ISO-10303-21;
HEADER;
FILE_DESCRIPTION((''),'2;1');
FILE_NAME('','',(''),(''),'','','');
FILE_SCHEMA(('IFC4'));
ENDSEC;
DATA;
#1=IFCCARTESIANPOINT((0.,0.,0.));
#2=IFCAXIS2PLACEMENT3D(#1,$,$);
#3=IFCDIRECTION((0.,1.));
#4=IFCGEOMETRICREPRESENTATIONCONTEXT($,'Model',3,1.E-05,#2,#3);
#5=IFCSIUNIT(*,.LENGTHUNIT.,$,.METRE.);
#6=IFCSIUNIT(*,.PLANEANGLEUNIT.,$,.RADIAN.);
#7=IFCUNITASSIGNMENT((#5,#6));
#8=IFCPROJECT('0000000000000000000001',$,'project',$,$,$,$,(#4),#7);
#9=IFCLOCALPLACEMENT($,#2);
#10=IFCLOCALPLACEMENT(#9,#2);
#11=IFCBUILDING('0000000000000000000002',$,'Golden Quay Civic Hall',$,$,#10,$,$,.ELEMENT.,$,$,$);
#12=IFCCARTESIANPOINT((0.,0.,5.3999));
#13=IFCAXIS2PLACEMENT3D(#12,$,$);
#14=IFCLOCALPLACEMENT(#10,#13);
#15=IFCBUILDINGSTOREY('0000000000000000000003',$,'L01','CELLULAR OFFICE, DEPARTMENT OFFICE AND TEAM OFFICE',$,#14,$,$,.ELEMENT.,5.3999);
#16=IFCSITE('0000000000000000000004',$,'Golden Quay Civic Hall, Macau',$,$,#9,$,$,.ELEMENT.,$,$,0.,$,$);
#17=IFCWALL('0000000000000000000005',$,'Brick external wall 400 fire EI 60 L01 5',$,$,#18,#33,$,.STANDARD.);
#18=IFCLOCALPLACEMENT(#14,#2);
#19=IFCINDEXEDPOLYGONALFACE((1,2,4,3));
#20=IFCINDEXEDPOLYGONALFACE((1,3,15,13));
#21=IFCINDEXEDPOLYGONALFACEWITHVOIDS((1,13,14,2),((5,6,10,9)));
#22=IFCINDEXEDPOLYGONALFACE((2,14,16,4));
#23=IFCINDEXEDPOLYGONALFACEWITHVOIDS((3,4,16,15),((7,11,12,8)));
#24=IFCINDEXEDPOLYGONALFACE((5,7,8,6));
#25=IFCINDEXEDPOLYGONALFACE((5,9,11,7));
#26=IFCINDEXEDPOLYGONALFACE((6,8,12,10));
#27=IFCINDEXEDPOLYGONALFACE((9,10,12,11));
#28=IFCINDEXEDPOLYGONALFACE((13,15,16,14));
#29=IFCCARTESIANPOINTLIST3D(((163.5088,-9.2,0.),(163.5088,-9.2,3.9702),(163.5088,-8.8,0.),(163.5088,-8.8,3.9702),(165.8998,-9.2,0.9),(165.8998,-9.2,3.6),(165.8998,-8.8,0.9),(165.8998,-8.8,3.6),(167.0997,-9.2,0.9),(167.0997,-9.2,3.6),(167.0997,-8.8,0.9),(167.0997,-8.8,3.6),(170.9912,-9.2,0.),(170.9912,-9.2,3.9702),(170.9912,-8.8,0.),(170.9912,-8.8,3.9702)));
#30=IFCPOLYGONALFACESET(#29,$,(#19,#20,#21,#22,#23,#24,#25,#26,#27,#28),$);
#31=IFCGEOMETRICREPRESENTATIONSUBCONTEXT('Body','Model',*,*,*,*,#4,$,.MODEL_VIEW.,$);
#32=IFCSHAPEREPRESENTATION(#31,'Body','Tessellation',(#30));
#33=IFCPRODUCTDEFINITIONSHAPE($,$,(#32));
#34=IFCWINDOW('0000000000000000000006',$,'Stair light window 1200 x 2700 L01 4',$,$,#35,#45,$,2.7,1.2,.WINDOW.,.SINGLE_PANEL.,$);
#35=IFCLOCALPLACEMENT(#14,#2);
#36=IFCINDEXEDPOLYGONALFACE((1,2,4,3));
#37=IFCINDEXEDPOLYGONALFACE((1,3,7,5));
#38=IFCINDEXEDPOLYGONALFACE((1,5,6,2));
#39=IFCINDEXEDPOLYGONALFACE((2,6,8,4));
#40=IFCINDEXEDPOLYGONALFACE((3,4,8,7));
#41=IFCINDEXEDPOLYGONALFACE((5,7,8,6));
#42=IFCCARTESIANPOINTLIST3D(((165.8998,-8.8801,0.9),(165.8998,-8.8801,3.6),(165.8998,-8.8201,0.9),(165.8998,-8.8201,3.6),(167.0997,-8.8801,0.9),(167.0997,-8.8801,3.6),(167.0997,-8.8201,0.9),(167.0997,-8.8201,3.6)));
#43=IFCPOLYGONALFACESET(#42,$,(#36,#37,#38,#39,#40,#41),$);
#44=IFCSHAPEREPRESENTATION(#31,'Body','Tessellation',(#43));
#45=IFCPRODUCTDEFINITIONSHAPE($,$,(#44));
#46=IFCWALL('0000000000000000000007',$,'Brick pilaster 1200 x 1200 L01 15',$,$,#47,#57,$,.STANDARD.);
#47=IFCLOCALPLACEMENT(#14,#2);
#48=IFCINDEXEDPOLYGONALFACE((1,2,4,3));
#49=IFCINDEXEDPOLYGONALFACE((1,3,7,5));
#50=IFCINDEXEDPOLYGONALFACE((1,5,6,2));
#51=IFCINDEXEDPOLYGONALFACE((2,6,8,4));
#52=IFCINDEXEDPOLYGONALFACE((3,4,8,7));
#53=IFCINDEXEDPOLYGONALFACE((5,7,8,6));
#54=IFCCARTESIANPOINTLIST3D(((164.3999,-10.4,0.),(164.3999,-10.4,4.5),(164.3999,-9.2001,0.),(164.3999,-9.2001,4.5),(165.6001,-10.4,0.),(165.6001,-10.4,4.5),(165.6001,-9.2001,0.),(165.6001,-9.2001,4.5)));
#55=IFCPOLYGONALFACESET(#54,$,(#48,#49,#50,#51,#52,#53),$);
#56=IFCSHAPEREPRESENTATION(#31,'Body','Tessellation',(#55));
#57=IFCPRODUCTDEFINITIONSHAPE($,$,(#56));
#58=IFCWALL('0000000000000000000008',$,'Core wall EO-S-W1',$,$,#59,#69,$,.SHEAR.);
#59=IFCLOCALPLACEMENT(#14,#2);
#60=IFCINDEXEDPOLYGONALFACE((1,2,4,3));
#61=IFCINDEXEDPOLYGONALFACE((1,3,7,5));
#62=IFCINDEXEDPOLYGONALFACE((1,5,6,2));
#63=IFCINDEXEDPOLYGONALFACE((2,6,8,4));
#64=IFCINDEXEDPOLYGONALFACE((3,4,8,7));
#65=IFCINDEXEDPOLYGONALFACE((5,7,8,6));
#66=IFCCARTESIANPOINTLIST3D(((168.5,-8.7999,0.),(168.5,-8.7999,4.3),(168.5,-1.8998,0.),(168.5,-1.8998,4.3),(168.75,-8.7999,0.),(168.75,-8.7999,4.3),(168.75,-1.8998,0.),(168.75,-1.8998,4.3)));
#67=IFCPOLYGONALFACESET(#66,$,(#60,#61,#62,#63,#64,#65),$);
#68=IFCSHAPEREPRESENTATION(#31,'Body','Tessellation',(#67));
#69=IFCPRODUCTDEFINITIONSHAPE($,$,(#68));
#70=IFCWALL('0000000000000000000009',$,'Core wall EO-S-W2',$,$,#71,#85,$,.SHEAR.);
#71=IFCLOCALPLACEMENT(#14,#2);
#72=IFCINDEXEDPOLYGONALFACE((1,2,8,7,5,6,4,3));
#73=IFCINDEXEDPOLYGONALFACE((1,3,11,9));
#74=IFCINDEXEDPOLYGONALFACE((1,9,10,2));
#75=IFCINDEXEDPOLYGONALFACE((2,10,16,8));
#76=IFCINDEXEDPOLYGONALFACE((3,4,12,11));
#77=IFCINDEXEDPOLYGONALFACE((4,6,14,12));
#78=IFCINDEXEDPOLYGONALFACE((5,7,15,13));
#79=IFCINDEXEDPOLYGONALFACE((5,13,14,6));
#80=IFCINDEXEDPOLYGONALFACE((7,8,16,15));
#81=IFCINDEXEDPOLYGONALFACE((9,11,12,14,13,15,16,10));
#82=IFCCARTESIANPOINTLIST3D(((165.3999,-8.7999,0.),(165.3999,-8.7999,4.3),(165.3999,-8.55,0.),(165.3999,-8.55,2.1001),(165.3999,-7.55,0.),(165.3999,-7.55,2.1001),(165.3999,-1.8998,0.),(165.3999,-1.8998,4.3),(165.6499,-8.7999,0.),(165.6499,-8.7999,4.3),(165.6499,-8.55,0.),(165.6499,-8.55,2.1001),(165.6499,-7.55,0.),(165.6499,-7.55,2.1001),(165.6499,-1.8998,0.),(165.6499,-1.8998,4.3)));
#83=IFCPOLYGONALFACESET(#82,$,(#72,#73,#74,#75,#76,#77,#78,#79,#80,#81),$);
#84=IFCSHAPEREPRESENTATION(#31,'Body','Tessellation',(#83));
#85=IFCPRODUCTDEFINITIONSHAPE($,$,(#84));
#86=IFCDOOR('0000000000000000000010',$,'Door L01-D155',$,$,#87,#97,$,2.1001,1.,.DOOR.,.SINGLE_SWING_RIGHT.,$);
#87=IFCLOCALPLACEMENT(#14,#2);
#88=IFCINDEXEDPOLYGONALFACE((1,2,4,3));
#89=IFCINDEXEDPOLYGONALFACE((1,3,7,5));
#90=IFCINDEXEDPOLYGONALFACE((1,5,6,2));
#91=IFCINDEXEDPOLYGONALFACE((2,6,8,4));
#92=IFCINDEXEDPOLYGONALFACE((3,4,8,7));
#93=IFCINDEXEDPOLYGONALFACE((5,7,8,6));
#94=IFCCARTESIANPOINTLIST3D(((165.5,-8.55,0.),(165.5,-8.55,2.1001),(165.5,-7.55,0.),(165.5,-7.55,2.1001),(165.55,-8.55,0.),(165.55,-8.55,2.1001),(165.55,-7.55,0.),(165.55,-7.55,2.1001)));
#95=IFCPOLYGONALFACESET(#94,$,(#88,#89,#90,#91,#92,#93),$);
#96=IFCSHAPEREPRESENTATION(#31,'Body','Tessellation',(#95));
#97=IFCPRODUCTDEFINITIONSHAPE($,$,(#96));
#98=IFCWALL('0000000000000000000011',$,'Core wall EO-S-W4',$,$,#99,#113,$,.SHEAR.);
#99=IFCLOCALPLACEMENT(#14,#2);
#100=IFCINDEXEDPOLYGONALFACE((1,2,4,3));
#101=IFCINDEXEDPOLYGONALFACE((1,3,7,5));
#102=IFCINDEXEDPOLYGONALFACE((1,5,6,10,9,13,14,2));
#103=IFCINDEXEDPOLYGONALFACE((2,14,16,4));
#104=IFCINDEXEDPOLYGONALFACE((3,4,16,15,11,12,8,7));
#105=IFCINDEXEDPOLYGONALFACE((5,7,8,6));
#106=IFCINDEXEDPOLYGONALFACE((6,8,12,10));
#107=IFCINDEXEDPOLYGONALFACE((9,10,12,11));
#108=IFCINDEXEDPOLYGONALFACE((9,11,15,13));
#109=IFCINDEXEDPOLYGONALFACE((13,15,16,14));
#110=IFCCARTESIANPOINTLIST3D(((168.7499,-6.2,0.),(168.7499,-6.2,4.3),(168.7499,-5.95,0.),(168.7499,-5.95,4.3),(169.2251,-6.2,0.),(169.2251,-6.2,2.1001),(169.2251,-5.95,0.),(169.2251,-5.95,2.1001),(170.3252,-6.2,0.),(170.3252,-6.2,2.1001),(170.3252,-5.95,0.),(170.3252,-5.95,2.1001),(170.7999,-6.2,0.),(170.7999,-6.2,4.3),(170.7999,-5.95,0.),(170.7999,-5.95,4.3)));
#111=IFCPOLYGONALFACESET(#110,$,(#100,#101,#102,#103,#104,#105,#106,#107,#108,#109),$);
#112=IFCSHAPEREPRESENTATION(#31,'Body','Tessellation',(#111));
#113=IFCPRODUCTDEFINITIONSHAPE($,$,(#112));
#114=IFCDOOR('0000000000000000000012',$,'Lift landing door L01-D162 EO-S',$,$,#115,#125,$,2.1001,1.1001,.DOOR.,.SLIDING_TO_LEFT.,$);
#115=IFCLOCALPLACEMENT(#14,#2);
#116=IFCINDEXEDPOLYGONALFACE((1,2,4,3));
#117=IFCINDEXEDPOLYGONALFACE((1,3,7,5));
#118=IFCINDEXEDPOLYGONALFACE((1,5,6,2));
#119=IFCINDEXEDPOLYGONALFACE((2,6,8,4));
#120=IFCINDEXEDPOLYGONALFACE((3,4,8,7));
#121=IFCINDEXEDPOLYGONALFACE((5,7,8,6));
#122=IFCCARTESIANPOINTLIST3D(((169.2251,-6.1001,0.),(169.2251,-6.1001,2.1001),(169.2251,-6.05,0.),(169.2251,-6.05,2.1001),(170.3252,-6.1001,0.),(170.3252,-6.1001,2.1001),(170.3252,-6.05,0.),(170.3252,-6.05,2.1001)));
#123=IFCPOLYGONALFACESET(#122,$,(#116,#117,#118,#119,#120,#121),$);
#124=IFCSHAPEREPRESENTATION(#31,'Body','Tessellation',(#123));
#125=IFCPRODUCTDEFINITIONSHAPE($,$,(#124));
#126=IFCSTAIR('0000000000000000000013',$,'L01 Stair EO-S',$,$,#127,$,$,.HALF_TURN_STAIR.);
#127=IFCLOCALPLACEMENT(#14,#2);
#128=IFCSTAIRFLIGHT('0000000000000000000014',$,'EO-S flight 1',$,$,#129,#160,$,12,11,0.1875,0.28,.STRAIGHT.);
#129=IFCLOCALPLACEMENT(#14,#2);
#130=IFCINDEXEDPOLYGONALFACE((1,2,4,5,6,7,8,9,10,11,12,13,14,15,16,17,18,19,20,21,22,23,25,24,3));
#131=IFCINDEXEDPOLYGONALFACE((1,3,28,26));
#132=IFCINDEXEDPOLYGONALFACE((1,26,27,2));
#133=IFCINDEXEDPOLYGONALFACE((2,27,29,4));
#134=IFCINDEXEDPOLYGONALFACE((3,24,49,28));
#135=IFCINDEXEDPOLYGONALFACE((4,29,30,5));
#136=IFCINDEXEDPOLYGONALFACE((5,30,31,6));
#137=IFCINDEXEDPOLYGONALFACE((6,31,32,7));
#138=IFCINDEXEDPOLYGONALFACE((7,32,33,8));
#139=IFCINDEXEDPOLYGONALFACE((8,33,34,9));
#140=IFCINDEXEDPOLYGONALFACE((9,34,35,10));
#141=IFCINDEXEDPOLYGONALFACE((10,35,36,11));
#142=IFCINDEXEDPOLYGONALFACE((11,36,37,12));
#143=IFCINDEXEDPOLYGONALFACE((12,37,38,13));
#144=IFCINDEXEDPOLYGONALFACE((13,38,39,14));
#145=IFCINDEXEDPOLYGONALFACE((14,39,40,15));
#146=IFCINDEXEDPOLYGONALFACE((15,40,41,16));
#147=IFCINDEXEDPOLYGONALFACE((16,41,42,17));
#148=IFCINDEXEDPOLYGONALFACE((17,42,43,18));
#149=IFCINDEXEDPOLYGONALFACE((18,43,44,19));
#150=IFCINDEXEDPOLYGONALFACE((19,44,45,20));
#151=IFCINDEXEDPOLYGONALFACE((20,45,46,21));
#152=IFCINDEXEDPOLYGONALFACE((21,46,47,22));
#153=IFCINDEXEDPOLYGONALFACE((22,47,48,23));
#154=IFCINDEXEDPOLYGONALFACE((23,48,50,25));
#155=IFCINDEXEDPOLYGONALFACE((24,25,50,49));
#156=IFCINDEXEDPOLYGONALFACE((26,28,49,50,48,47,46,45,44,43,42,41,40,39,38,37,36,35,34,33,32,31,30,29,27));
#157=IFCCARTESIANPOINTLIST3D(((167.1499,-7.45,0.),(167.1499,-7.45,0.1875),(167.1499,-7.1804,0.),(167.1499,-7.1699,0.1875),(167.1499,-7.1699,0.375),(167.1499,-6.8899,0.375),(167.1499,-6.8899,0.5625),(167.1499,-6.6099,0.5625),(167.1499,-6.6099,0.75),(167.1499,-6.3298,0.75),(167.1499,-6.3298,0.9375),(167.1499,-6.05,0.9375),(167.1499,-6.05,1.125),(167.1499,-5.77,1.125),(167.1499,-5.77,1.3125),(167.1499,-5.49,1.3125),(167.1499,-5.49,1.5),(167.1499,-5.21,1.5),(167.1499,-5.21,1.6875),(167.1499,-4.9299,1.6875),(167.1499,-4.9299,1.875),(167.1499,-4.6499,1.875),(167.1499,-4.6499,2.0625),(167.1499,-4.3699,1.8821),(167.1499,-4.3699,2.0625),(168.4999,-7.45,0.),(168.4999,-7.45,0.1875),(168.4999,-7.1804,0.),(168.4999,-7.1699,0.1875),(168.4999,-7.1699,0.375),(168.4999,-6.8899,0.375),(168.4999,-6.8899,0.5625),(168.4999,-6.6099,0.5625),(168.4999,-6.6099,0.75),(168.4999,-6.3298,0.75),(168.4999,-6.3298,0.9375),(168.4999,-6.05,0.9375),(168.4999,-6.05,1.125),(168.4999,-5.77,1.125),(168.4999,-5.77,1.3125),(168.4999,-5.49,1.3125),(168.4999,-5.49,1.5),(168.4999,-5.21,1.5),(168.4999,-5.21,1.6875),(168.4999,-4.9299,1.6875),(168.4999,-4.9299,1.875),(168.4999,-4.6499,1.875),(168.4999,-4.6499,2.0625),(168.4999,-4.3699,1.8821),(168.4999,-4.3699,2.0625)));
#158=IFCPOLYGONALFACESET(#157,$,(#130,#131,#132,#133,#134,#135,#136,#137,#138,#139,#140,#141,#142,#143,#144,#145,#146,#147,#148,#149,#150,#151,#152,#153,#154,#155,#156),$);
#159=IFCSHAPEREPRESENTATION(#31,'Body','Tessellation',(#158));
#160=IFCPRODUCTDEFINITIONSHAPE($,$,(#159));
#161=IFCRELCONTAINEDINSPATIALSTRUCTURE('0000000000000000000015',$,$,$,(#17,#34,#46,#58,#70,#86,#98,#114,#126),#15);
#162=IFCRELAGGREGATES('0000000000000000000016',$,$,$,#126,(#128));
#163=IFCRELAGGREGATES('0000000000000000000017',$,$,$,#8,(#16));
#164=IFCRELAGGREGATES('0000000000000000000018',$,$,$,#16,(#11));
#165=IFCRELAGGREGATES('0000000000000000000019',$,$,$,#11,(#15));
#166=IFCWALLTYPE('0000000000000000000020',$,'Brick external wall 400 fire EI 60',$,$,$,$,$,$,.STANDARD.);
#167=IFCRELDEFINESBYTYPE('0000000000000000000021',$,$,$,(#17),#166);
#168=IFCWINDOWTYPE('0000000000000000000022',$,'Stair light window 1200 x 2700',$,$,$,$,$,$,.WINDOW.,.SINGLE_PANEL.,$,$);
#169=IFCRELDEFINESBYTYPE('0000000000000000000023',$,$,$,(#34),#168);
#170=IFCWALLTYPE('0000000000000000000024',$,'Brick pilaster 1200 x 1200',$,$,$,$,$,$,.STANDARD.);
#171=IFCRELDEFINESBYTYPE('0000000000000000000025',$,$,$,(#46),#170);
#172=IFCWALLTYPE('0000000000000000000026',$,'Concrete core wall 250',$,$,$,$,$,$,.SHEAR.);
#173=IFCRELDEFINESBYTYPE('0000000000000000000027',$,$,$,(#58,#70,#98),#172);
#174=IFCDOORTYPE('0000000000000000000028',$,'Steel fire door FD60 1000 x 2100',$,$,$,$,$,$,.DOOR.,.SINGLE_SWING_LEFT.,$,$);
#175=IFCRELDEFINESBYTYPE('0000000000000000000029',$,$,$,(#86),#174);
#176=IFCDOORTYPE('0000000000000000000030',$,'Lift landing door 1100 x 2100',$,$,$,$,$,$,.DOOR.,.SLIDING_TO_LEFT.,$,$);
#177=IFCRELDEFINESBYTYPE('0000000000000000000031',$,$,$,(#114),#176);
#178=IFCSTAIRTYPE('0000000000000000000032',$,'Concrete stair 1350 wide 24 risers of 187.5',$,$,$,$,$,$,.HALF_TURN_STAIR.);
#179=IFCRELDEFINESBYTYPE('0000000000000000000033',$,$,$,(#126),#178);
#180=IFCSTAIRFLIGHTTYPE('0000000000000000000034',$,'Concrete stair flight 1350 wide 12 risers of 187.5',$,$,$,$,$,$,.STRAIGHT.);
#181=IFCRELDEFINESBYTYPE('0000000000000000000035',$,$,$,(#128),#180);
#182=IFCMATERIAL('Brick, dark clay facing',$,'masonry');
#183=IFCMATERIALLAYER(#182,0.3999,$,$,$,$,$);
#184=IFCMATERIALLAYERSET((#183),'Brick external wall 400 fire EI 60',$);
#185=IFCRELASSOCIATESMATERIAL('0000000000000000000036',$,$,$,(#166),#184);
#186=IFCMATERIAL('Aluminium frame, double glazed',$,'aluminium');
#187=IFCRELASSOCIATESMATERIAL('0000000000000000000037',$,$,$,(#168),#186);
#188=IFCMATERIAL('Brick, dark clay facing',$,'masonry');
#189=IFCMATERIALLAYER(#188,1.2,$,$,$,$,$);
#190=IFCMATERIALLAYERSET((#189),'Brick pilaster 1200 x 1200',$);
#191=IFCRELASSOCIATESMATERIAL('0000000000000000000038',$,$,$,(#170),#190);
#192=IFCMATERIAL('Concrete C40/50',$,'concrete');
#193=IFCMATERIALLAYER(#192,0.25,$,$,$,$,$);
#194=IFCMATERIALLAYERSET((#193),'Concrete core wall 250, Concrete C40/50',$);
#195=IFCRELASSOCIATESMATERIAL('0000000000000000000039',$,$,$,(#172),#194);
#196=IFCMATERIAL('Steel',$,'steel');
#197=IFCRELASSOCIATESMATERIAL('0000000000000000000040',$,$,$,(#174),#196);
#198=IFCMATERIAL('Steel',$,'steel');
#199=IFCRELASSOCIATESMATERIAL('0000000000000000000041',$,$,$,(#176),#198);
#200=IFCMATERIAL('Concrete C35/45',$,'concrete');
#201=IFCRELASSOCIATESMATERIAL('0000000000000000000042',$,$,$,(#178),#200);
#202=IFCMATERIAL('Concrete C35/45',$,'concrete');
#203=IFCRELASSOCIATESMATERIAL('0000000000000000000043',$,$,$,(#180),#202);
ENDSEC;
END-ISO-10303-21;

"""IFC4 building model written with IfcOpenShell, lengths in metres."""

from ifc_helpers import new_model, si_unit, direction, frame, frame_2d, origin, place, context, subcontext, project, spatial, polyline, rectangle, outline, extrude, material, layer, layer_set, type_object, element, fill, aggregate, save


model = new_model("IFC4")

# Units and contexts
model_context = context("Model", 3, precision=1e-05, world=origin(), true_north=direction((0.0, 1.0)))
body_context = subcontext(model_context, "Body", "Model", "MODEL_VIEW")
ifc_project = project(units=[si_unit("LENGTHUNIT", "METRE"), si_unit("PLANEANGLEUNIT", "RADIAN")], contexts=[model_context])

# Site, building, storey
site_placement = place(None, origin())
site = spatial("IfcSite", under=ifc_project, at=site_placement, Name="Golden Quay Civic Hall, Macau", CompositionType="ELEMENT", RefElevation=0.0)
building_placement = place(site_placement, origin())
building = spatial("IfcBuilding", under=site, at=building_placement, Name="Golden Quay Civic Hall", CompositionType="ELEMENT")
storey_placement = place(building_placement, frame((0.0, 0.0, 5.3999)))
storey = spatial("IfcBuildingStorey", under=building, at=storey_placement, Name="L01", Description="CELLULAR OFFICE, DEPARTMENT OFFICE AND TEAM OFFICE", CompositionType="ELEMENT", Elevation=5.3999)

# Wall, opening, window
ifc_material_1 = material(Name="Brick, dark clay facing", Category="masonry")
ifc_layer_1 = layer(ifc_material_1, 0.3999)
ifc_layer_set_1 = layer_set([ifc_layer_1], Name="Brick external wall 400 fire EI 60")
wall_type_1 = type_object("IfcWallType", Name="Brick external wall 400 fire EI 60", PredefinedType="STANDARD", material=ifc_layer_set_1)
wall_1_placement = place(storey_placement, frame((170.9912, -9.0, 0.0), z_axis=(0.0, 0.0, 1.0), x_axis=(-1.0, 0.0, 0.0)))
wall_1 = element("IfcWall", 1, at=wall_1_placement, inside=storey, type_object=wall_type_1, Name="Brick external wall 400 fire EI 60 L01 5", PredefinedType="STANDARD", context=body_context, shape_type="SweptSolid", body=[
    extrude(rectangle(XDim=7.4824, YDim=0.3999, at=frame_2d((3.7412, 0.0))), origin(), (0.0, 0.0, 1.0), 3.9702),
])
opening_1_placement = place(wall_1_placement, frame((3.8914, 0.0, 0.8999)))
opening_1 = element("IfcOpeningElement", 2, at=opening_1_placement, cuts=wall_1, PredefinedType="OPENING", context=body_context, shape_type="SweptSolid", body=[
    extrude(rectangle(XDim=1.2, YDim=2.7, at=frame_2d((0.6001, 1.3501))), frame((0.0, 0.21, 0.0), z_axis=(0.0, -1.0, 0.0), x_axis=(1.0, 0.0, 0.0)), (0.0, 0.0, 1.0), 0.4199),
])
ifc_material_2 = material(Name="Aluminium frame, double glazed", Category="aluminium")
window_type = type_object("IfcWindowType", Name="Stair light window 1200 x 2700", PartitioningType="SINGLE_PANEL", PredefinedType="WINDOW", material=ifc_material_2)
window_placement = place(opening_1_placement, origin())
window = element("IfcWindow", 3, at=window_placement, inside=storey, type_object=window_type, Name="Stair light window 1200 x 2700 L01 4", OverallHeight=2.7, OverallWidth=1.2, PartitioningType="SINGLE_PANEL", PredefinedType="WINDOW", context=body_context, shape_type="SweptSolid", body=[
    extrude(rectangle(XDim=1.2, YDim=2.7, at=frame_2d((0.6001, 1.3501))), frame((0.0, -0.1199, 0.0), z_axis=(0.0, -1.0, 0.0), x_axis=(1.0, 0.0, 0.0)), (0.0, 0.0, 1.0), 0.0601),
])
fill(opening_1, window)

# Walls
ifc_material_3 = material(Name="Brick, dark clay facing", Category="masonry")
ifc_layer_2 = layer(ifc_material_3, 1.2)
ifc_layer_set_2 = layer_set([ifc_layer_2], Name="Brick pilaster 1200 x 1200")
wall_type_2 = type_object("IfcWallType", Name="Brick pilaster 1200 x 1200", PredefinedType="STANDARD", material=ifc_layer_set_2)
wall_2_placement = place(storey_placement, frame((164.3999, -9.8, 0.0), z_axis=(0.0, 0.0, 1.0), x_axis=(1.0, 0.0, 0.0)))
element("IfcWall", 4, at=wall_2_placement, inside=storey, type_object=wall_type_2, Name="Brick pilaster 1200 x 1200 L01 15", PredefinedType="STANDARD", context=body_context, shape_type="SweptSolid", body=[
    extrude(rectangle(XDim=1.2002, YDim=1.2, at=frame_2d((0.6001, 0.0))), origin(), (0.0, 0.0, 1.0), 4.5),
])
ifc_material_4 = material(Name="Concrete C40/50", Category="concrete")
ifc_layer_3 = layer(ifc_material_4, 0.25)
ifc_layer_set_3 = layer_set([ifc_layer_3], Name="Concrete core wall 250, Concrete C40/50")
wall_type_3 = type_object("IfcWallType", Name="Concrete core wall 250", PredefinedType="SHEAR", material=ifc_layer_set_3)
wall_3_placement = place(storey_placement, frame((168.625, -8.8, 0.0), z_axis=(0.0, 0.0, 1.0), x_axis=(0.0, 1.0, 0.0)))
element("IfcWall", 5, at=wall_3_placement, inside=storey, type_object=wall_type_3, Name="Core wall EO-S-W1", PredefinedType="SHEAR", context=body_context, shape_type="SweptSolid", body=[
    extrude(rectangle(XDim=6.9001, YDim=0.25, at=frame_2d((3.4502, 0.0))), origin(), (0.0, 0.0, 1.0), 4.3),
])

# Walls, openings, doors
wall_4_placement = place(storey_placement, frame((165.5249, -8.8, 0.0), z_axis=(0.0, 0.0, 1.0), x_axis=(0.0, 1.0, 0.0)))
wall_4 = element("IfcWall", 6, at=wall_4_placement, inside=storey, type_object=wall_type_3, Name="Core wall EO-S-W2", PredefinedType="SHEAR", context=body_context, shape_type="SweptSolid", body=[
    extrude(rectangle(XDim=6.9001, YDim=0.25, at=frame_2d((3.4502, 0.0))), origin(), (0.0, 0.0, 1.0), 4.3),
])
opening_2_placement = place(wall_4_placement, frame((0.25, 0.0, 0.0)))
opening_2 = element("IfcOpeningElement", 7, at=opening_2_placement, cuts=wall_4, PredefinedType="OPENING", context=body_context, shape_type="SweptSolid", body=[
    extrude(rectangle(XDim=1.0, YDim=2.1001, at=frame_2d((0.5, 1.05))), frame((0.0, 0.135, 0.0), z_axis=(0.0, -1.0, 0.0), x_axis=(1.0, 0.0, 0.0)), (0.0, 0.0, 1.0), 0.27),
])
ifc_material_5 = material(Name="Steel", Category="steel")
door_type_1 = type_object("IfcDoorType", Name="Steel fire door FD60 1000 x 2100", OperationType="SINGLE_SWING_LEFT", PredefinedType="DOOR", material=ifc_material_5)
door_1_placement = place(opening_2_placement, frame((1.0, 0.0, 0.0), z_axis=(0.0, 0.0, 1.0), x_axis=(-1.0, 0.0, 0.0)))
door_1 = element("IfcDoor", 8, at=door_1_placement, inside=storey, type_object=door_type_1, Name="Door L01-D155", OperationType="SINGLE_SWING_RIGHT", OverallHeight=2.1001, OverallWidth=1.0, PredefinedType="DOOR", context=body_context, shape_type="SweptSolid", body=[
    extrude(rectangle(XDim=1.0, YDim=2.1001, at=frame_2d((0.5, 1.05))), frame((0.0, 0.0251, 0.0), z_axis=(0.0, -1.0, 0.0), x_axis=(1.0, 0.0, 0.0)), (0.0, 0.0, 1.0), 0.05),
])
fill(opening_2, door_1)
wall_5_placement = place(storey_placement, frame((168.75, -6.075, 0.0), z_axis=(0.0, 0.0, 1.0), x_axis=(1.0, 0.0, 0.0)))
wall_5 = element("IfcWall", 9, at=wall_5_placement, inside=storey, type_object=wall_type_3, Name="Core wall EO-S-W4", PredefinedType="SHEAR", context=body_context, shape_type="SweptSolid", body=[
    extrude(rectangle(XDim=2.05, YDim=0.25, at=frame_2d((1.0249, 0.0))), origin(), (0.0, 0.0, 1.0), 4.3),
])
opening_3_placement = place(wall_5_placement, frame((0.4751, 0.0, 0.0)))
opening_3 = element("IfcOpeningElement", 10, at=opening_3_placement, cuts=wall_5, PredefinedType="OPENING", context=body_context, shape_type="SweptSolid", body=[
    extrude(rectangle(XDim=1.1001, YDim=2.1001, at=frame_2d((0.55, 1.05))), frame((0.0, 0.135, 0.0), z_axis=(0.0, -1.0, 0.0), x_axis=(1.0, 0.0, 0.0)), (0.0, 0.0, 1.0), 0.27),
])
ifc_material_6 = material(Name="Steel", Category="steel")
door_type_2 = type_object("IfcDoorType", Name="Lift landing door 1100 x 2100", OperationType="SLIDING_TO_LEFT", PredefinedType="DOOR", material=ifc_material_6)
door_2_placement = place(opening_3_placement, origin())
door_2 = element("IfcDoor", 11, at=door_2_placement, inside=storey, type_object=door_type_2, Name="Lift landing door L01-D162 EO-S", OperationType="SLIDING_TO_LEFT", OverallHeight=2.1001, OverallWidth=1.1001, PredefinedType="DOOR", context=body_context, shape_type="SweptSolid", body=[
    extrude(rectangle(XDim=1.1001, YDim=2.1001, at=frame_2d((0.55, 1.05))), frame((0.0, 0.0249, 0.0), z_axis=(0.0, -1.0, 0.0), x_axis=(1.0, 0.0, 0.0)), (0.0, 0.0, 1.0), 0.05),
])
fill(opening_3, door_2)

# Stair, stair flight
ifc_material_7 = material(Name="Concrete C35/45", Category="concrete")
stair_type = type_object("IfcStairType", Name="Concrete stair 1350 wide 24 risers of 187.5", PredefinedType="HALF_TURN_STAIR", material=ifc_material_7)
stair_placement = place(storey_placement, origin())
stair = element("IfcStair", 12, at=stair_placement, inside=storey, type_object=stair_type, Name="L01 Stair EO-S", PredefinedType="HALF_TURN_STAIR")
ifc_material_8 = material(Name="Concrete C35/45", Category="concrete")
stair_flight_type = type_object("IfcStairFlightType", Name="Concrete stair flight 1350 wide 12 risers of 187.5", PredefinedType="STRAIGHT", material=ifc_material_8)
stair_flight_1_placement = place(storey_placement, frame((167.825, -7.45, 0.0), z_axis=(0.0, 0.0, 1.0), x_axis=(0.0, 1.0, 0.0)))
stair_flight_1 = element("IfcStairFlight", 13, at=stair_flight_1_placement, type_object=stair_flight_type, Name="EO-S flight 1", NumberOfRisers=12, NumberOfTreads=11, PredefinedType="STRAIGHT", RiserHeight=0.1875, TreadLength=0.28, context=body_context, shape_type="SweptSolid", body=[
    extrude(outline(polyline([(0.0, 0.0), (0.0, 0.1875), (0.28, 0.1875), (0.28, 0.375), (0.5601, 0.375), (0.5601, 0.5625), (0.8401, 0.5625), (0.8401, 0.75), (1.1201, 0.75), (1.1201, 0.9375), (1.3999, 0.9375), (1.3999, 1.125), (1.6799, 1.125), (1.6799, 1.3125), (1.96, 1.3125), (1.96, 1.5), (2.24, 1.5), (2.24, 1.6875), (2.52, 1.6875), (2.52, 1.875), (2.8, 1.875), (2.8, 2.0625), (3.0801, 2.0625), (3.0801, 2.25), (3.0801, 1.8821), (0.2695, 0.0), (0.0, 0.0)])), frame((0.0, 0.675, 0.0), z_axis=(0.0, -1.0, 0.0), x_axis=(1.0, 0.0, 0.0)), (0.0, 0.0, 1.0), 1.35),
])
aggregate(stair, [stair_flight_1])

save(model, "model.ifc")
